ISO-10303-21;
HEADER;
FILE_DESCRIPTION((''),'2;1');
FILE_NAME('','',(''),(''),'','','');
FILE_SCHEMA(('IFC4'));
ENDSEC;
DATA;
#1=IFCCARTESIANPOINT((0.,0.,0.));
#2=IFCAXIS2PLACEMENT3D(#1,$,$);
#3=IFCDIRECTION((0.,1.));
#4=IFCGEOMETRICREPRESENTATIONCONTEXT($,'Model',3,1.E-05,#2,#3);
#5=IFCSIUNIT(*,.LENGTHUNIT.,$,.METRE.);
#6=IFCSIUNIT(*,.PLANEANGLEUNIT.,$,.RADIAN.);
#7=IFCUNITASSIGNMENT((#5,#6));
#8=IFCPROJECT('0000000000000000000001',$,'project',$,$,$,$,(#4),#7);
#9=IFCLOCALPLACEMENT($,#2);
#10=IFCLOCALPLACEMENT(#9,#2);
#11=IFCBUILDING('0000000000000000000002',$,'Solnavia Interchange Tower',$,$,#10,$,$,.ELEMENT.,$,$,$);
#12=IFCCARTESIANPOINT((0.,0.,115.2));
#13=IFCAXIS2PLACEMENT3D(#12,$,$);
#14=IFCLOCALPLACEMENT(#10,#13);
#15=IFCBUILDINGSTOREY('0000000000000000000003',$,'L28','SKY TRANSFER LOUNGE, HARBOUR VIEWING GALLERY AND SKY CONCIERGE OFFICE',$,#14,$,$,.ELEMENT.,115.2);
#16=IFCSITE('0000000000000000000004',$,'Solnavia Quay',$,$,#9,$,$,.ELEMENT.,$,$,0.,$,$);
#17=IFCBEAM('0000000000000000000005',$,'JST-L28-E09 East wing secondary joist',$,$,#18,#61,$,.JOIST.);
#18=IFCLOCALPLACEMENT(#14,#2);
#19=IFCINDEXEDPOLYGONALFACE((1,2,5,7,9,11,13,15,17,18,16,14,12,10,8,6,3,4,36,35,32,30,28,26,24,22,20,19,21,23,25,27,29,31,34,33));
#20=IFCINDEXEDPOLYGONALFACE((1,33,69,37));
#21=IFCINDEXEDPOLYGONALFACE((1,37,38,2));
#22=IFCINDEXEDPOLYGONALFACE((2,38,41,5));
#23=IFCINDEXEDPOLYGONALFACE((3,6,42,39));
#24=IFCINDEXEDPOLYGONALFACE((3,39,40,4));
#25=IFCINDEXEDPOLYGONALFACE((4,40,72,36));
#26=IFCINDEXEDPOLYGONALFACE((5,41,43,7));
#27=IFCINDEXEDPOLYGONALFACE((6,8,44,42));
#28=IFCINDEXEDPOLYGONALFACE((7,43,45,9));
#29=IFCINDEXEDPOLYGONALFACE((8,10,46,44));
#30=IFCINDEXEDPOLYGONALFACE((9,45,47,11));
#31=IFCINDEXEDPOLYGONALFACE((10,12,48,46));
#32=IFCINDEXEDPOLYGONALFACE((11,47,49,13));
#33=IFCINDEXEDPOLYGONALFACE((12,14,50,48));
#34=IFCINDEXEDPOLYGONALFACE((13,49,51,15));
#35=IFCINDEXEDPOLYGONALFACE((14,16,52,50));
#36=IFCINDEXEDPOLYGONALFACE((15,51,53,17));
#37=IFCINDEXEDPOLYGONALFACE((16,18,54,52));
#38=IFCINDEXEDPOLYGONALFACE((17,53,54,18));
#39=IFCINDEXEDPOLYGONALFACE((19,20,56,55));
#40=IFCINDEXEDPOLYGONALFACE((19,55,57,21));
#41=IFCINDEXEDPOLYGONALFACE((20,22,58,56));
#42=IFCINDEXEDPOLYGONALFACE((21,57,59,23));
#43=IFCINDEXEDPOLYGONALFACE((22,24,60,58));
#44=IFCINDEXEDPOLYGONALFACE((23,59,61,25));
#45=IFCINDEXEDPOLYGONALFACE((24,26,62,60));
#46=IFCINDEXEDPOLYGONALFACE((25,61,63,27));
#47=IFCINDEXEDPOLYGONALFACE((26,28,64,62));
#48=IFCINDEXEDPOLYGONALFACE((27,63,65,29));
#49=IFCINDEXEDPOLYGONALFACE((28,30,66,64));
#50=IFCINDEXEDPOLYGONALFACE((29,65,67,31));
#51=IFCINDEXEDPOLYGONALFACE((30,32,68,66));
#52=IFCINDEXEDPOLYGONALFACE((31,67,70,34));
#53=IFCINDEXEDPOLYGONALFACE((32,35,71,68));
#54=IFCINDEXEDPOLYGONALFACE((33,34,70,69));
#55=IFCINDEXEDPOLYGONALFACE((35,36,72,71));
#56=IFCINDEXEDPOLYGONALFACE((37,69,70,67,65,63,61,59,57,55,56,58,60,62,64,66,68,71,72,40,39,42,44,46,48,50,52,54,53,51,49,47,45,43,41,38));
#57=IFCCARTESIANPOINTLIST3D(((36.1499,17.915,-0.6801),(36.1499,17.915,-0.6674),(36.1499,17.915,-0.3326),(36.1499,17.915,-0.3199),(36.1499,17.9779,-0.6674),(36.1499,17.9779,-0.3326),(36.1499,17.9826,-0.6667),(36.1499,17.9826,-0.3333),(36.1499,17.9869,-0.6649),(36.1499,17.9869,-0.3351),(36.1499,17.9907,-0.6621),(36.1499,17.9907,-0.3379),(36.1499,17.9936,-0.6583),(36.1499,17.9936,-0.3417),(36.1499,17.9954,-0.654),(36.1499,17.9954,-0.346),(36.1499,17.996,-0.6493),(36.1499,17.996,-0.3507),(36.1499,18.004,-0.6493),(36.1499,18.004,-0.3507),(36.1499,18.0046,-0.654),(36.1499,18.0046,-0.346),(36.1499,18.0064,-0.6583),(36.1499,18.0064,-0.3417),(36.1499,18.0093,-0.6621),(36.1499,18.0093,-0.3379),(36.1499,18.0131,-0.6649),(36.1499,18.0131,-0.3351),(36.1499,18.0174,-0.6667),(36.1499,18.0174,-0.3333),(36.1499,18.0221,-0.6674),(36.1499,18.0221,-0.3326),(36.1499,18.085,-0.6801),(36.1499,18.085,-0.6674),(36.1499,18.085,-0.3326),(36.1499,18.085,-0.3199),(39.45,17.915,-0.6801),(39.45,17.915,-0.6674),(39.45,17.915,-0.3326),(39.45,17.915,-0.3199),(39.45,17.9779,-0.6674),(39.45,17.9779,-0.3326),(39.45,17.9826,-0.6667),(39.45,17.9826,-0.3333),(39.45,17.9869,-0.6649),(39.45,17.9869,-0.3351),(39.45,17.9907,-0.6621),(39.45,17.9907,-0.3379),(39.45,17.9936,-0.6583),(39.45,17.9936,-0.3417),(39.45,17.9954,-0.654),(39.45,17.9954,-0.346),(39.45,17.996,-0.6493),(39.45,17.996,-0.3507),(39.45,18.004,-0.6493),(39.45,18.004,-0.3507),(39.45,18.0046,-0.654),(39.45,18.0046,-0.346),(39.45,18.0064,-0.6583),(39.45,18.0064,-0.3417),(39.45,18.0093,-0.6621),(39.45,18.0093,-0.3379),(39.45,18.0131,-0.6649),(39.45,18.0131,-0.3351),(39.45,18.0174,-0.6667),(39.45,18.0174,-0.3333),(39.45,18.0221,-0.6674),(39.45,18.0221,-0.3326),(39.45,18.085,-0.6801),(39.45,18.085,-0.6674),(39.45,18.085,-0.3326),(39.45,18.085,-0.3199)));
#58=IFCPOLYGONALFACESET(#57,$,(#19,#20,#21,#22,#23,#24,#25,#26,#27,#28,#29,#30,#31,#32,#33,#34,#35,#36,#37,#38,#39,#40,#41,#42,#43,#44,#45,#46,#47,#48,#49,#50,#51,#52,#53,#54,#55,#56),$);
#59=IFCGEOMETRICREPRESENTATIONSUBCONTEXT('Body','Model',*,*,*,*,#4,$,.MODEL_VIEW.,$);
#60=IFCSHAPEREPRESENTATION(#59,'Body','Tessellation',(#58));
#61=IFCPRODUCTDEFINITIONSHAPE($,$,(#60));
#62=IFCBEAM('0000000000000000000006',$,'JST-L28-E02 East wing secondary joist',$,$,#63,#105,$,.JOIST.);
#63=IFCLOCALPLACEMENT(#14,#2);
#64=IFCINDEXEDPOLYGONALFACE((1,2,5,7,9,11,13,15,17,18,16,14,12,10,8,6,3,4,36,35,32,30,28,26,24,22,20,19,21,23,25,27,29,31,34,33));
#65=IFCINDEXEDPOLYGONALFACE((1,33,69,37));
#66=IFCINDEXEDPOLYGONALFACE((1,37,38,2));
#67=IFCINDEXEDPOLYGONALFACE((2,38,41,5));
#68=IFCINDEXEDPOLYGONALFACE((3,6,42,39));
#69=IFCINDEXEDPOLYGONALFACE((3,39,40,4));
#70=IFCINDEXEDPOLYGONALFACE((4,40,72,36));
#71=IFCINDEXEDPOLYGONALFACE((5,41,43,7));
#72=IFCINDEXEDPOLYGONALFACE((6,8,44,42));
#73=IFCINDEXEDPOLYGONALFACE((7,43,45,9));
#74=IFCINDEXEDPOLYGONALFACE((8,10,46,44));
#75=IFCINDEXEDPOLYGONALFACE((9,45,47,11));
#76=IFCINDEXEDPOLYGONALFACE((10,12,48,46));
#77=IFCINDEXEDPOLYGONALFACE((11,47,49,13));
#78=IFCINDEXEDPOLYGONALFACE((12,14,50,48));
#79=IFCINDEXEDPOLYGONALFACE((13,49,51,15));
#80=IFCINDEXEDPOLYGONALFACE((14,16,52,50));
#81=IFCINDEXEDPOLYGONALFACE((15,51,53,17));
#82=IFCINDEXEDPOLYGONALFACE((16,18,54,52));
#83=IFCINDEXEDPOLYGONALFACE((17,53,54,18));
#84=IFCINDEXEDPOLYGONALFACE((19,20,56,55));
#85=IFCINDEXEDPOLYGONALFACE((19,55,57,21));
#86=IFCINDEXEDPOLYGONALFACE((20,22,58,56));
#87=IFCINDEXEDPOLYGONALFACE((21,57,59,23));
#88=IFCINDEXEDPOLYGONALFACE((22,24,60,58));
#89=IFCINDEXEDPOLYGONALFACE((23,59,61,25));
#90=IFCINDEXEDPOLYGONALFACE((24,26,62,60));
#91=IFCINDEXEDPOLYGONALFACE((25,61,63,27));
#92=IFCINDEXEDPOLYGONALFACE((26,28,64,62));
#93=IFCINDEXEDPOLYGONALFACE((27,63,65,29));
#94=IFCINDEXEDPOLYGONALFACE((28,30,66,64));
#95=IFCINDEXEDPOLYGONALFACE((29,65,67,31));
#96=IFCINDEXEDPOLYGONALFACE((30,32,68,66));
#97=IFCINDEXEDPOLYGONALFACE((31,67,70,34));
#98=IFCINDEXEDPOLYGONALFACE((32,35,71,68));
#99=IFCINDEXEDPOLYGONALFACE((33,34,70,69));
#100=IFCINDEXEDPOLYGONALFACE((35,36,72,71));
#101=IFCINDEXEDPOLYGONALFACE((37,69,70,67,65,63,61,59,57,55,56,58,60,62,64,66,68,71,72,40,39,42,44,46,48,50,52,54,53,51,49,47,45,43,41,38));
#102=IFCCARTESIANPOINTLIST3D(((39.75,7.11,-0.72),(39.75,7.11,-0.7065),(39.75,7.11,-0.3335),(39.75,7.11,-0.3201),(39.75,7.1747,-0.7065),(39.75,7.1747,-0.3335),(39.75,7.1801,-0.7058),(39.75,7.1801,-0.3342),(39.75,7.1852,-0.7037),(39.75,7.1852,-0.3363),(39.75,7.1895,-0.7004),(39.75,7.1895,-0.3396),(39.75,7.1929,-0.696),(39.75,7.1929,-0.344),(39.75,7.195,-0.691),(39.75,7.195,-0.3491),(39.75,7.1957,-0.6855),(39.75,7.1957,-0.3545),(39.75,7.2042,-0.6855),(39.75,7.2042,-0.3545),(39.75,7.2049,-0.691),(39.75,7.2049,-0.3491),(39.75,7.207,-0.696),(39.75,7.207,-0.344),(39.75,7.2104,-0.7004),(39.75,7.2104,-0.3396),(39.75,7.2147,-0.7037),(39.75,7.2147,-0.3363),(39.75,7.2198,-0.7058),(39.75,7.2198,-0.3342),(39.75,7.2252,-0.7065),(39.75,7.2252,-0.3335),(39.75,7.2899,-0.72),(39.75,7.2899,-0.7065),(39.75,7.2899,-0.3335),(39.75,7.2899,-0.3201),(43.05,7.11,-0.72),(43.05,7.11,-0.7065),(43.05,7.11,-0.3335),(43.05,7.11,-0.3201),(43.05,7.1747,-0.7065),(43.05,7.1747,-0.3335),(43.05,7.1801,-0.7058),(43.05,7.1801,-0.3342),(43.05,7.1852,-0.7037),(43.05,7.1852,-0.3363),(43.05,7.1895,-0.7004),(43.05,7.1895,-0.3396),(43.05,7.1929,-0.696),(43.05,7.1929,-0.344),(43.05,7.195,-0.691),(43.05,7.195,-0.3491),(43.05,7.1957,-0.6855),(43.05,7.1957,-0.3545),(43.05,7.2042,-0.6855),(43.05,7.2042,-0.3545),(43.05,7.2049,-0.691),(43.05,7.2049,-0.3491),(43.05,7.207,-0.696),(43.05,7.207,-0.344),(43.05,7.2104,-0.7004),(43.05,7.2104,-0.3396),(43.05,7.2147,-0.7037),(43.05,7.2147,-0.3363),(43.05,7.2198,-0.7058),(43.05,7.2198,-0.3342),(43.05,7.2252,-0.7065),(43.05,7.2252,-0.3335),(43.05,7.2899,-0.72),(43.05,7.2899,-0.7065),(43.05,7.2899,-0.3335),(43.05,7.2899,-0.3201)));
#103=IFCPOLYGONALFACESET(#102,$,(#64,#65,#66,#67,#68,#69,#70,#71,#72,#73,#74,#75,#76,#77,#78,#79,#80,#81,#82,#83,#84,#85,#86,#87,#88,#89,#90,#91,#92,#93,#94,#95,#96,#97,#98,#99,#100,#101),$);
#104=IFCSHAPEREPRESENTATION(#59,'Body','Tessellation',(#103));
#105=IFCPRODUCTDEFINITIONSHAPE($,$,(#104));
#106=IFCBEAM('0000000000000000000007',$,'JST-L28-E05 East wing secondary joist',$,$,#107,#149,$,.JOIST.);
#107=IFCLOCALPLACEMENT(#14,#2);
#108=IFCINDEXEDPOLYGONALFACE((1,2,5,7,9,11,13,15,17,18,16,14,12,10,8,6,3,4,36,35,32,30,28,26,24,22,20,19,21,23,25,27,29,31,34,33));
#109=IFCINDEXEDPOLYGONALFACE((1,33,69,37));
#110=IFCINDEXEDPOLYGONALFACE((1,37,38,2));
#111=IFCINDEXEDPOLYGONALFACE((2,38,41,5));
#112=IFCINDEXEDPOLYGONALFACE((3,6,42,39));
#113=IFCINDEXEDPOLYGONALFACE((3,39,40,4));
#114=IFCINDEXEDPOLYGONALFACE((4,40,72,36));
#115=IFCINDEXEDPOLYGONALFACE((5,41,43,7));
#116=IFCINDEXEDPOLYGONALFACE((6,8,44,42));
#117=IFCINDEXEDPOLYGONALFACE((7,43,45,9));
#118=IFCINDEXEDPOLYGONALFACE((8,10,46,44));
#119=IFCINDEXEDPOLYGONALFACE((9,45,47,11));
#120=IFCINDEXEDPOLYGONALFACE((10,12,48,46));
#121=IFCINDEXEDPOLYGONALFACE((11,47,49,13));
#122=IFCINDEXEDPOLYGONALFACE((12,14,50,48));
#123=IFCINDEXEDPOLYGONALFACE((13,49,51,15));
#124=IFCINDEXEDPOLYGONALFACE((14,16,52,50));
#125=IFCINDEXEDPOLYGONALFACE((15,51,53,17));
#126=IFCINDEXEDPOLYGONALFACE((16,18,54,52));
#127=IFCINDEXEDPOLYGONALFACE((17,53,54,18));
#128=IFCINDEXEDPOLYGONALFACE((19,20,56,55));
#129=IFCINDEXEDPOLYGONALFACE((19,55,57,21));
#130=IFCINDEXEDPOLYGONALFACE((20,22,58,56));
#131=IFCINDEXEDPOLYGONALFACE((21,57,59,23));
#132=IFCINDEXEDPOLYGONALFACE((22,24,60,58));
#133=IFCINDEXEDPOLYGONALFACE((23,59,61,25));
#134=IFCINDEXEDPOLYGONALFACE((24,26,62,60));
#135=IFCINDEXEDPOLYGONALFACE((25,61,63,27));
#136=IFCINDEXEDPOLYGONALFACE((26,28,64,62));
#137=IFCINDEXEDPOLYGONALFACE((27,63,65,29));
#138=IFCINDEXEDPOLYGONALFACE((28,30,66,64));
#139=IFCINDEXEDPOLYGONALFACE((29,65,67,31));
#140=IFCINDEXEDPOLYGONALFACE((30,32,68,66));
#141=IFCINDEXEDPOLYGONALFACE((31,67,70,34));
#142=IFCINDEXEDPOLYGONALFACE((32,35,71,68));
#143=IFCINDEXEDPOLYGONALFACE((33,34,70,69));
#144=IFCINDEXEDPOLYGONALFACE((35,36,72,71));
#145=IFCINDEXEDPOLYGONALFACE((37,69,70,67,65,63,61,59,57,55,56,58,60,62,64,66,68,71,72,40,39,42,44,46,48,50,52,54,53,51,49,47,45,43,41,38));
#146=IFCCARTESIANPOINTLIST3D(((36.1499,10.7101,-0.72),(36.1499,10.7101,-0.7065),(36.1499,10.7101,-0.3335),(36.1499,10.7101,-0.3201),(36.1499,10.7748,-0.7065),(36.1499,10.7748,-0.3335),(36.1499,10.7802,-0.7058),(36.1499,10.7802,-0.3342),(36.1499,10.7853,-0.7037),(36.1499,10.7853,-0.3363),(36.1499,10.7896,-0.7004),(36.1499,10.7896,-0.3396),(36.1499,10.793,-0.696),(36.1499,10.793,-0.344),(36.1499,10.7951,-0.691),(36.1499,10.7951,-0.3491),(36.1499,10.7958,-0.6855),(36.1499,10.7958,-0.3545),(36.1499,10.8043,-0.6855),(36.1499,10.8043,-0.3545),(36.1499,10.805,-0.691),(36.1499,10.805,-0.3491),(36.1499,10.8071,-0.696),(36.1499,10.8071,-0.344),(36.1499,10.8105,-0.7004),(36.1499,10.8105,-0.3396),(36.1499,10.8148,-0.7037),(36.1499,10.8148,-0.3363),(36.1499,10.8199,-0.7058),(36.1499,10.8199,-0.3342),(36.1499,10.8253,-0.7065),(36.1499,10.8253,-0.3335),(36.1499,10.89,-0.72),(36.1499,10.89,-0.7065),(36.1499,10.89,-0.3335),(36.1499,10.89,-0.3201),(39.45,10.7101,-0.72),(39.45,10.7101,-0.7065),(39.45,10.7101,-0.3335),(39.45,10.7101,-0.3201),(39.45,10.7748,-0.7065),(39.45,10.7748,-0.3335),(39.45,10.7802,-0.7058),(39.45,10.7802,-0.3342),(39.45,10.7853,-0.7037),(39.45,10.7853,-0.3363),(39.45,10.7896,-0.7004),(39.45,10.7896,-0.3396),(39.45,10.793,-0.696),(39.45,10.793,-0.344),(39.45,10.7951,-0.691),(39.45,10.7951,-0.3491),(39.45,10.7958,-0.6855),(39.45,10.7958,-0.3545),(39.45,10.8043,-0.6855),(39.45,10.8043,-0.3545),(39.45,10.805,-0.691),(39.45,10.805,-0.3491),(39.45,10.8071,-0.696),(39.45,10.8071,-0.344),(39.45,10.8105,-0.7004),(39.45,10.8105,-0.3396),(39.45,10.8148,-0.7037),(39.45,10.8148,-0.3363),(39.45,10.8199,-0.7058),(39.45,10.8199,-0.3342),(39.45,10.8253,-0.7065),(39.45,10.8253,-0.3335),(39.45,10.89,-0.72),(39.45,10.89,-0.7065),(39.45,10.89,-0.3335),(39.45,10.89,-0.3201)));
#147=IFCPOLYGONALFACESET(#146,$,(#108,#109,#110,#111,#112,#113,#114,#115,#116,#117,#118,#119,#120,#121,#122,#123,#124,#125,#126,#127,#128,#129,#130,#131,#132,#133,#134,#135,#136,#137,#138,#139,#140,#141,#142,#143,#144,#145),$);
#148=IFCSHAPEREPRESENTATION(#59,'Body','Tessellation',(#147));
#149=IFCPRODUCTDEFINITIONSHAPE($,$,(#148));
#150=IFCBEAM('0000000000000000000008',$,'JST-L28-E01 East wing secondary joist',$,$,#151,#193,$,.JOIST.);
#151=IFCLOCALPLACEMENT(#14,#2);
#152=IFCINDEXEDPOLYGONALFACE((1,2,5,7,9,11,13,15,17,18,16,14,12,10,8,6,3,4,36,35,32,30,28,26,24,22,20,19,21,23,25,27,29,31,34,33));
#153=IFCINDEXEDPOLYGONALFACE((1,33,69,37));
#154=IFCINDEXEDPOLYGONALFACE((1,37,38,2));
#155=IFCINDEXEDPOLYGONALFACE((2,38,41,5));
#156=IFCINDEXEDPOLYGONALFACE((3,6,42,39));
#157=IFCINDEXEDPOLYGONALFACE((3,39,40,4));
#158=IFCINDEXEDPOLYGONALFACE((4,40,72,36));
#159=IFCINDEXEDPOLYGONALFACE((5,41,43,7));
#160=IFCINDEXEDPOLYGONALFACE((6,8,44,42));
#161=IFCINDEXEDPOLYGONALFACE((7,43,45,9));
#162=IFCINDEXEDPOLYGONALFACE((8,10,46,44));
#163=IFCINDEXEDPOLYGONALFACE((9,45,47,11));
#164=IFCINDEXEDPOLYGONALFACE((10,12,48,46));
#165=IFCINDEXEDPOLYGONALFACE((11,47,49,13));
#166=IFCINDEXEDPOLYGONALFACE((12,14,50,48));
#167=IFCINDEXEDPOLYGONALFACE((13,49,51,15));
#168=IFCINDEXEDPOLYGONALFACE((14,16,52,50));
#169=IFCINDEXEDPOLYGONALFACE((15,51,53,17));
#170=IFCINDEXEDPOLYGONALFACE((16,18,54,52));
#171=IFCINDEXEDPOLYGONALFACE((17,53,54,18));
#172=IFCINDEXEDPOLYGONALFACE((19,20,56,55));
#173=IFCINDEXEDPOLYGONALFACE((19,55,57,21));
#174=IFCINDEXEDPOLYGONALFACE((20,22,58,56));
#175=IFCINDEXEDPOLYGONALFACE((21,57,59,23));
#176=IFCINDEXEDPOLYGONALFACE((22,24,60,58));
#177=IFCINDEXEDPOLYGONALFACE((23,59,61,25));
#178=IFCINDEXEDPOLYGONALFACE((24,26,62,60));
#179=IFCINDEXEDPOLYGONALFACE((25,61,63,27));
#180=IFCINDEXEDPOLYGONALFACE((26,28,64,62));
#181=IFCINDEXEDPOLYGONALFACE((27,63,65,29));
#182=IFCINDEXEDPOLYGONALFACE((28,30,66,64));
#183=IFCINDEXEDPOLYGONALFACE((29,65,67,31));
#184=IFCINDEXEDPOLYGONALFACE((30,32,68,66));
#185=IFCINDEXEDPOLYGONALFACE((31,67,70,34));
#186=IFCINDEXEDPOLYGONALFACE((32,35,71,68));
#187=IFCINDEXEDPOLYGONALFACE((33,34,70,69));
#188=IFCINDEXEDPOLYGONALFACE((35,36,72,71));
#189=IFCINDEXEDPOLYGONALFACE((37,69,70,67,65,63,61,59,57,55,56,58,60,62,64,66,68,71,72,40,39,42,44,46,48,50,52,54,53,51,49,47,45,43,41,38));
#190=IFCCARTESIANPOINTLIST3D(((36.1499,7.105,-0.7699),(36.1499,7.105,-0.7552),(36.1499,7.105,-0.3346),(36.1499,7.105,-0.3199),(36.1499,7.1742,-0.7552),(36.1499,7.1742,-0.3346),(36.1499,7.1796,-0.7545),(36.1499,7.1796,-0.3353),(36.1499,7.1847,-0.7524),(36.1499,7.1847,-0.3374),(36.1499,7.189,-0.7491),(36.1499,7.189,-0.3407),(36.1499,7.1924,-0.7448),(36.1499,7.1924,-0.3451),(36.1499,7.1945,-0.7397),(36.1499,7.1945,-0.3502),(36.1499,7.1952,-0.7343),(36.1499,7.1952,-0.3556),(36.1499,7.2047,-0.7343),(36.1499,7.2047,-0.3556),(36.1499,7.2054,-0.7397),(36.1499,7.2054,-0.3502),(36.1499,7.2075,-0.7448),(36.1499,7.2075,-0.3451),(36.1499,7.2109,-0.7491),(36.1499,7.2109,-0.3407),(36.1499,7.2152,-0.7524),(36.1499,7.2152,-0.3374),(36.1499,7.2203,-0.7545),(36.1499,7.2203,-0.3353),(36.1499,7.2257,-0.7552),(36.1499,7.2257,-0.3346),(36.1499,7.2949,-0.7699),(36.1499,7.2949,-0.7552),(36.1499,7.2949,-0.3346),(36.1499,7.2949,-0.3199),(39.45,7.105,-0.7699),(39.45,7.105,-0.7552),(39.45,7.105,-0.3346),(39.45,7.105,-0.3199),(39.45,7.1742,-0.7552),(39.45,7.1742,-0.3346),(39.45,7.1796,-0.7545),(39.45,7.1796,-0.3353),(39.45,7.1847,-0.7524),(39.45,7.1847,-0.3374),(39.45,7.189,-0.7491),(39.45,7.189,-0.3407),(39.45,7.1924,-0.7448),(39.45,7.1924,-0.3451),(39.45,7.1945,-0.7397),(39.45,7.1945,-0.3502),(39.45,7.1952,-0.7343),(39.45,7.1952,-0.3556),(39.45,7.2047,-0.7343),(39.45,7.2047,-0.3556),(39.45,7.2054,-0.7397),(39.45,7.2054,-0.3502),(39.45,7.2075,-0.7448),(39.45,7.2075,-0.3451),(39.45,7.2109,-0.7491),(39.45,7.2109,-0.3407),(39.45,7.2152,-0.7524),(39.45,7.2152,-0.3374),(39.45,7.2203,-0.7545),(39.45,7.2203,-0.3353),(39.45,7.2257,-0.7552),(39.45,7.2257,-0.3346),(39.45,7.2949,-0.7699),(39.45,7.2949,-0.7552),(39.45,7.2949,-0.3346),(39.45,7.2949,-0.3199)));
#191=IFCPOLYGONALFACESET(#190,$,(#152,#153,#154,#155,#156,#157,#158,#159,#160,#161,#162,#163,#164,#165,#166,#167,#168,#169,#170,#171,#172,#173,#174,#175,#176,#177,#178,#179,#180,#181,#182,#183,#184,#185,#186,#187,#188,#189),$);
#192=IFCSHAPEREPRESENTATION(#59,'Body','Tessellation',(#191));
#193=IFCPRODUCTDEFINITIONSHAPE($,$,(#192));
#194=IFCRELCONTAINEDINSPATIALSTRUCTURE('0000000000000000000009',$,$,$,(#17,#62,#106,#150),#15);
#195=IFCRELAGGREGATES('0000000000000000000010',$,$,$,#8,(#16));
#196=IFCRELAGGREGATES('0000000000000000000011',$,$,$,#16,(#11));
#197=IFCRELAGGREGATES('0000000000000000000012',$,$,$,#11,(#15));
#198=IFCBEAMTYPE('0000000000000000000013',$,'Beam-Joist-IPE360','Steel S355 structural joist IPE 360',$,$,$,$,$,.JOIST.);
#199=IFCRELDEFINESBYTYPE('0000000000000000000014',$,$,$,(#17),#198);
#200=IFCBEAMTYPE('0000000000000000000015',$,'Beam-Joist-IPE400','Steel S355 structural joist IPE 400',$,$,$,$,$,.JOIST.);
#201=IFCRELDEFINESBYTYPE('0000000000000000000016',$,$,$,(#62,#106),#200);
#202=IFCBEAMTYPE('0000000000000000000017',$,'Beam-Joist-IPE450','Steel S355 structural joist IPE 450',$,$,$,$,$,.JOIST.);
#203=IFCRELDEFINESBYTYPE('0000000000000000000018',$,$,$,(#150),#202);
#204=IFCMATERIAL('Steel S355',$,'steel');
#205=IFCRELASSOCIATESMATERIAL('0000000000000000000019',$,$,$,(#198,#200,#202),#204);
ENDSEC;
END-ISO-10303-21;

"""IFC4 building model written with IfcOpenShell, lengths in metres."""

from ifc_helpers import new_model, si_unit, direction, frame, origin, origin_2d, place, context, subcontext, project, spatial, i_section, extrude, material, material_profile, profile_set, type_object, element, save


model = new_model("IFC4")

# Units and contexts
model_context = context("Model", 3, precision=1e-05, world=origin(), true_north=direction((0.0, 1.0)))
body_context = subcontext(model_context, "Body", "Model", "MODEL_VIEW")
ifc_project = project(units=[si_unit("LENGTHUNIT", "METRE"), si_unit("PLANEANGLEUNIT", "RADIAN")], contexts=[model_context])

# Site, building, storey
site_placement = place(None, origin())
site = spatial("IfcSite", under=ifc_project, at=site_placement, Name="Solnavia Quay", CompositionType="ELEMENT", RefElevation=0.0)
building_placement = place(site_placement, origin())
building = spatial("IfcBuilding", under=site, at=building_placement, Name="Solnavia Interchange Tower", CompositionType="ELEMENT")
storey_placement = place(building_placement, frame((0.0, 0.0, 115.2)))
storey = spatial("IfcBuildingStorey", under=building, at=storey_placement, Name="L28", Description="SKY TRANSFER LOUNGE, HARBOUR VIEWING GALLERY AND SKY CONCIERGE OFFICE", CompositionType="ELEMENT", Elevation=115.2)

# Shared definitions
ifc_material_1 = material(Name="Steel S355", Category="steel")

# Beams
ifc_material_profile_1 = material_profile(ifc_material_1, i_section(OverallWidth=0.1699, OverallDepth=0.3601, WebThickness=0.0081, FlangeThickness=0.0127, FilletRadius=0.0181, at=origin_2d()), Name="IPE 360")
ifc_profile_set_1 = profile_set([ifc_material_profile_1], Name="Steel S355")
beam_type_1 = type_object("IfcBeamType", Name="Beam-Joist-IPE360", Description="Steel S355 structural joist IPE 360", PredefinedType="JOIST", material=ifc_profile_set_1)
for number, where, z_axis, x_axis, name in (
    (1, (36.1499, 18.0, -0.5), (1.0, 0.0, 0.0), (0.0, 1.0, 0.0), "JST-L28-E09 East wing secondary joist"),
):
    element("IfcBeam", number, at=place(storey_placement, frame(where, z_axis=z_axis, x_axis=x_axis)), inside=storey, type_object=beam_type_1, Name=name, PredefinedType="JOIST", context=body_context, shape_type="SweptSolid", body=[
        extrude(i_section(OverallWidth=0.1699, OverallDepth=0.3601, WebThickness=0.0081, FlangeThickness=0.0127, FilletRadius=0.0181, at=origin_2d()), origin(), (0.0, 0.0, 1.0), 3.3),
    ])
ifc_material_profile_2 = material_profile(ifc_material_1, i_section(OverallWidth=0.1799, OverallDepth=0.3999, WebThickness=0.0085, FlangeThickness=0.0134, FilletRadius=0.021, at=origin_2d()), Name="IPE 400")
ifc_profile_set_2 = profile_set([ifc_material_profile_2], Name="Steel S355")
beam_type_2 = type_object("IfcBeamType", Name="Beam-Joist-IPE400", Description="Steel S355 structural joist IPE 400", PredefinedType="JOIST", material=ifc_profile_set_2)
for number, where, z_axis, x_axis, name in (
    (2, (39.75, 7.2, -0.52), (1.0, 0.0, 0.0), (0.0, 1.0, 0.0), "JST-L28-E02 East wing secondary joist"),
    (3, (36.1499, 10.8, -0.52), (1.0, 0.0, 0.0), (0.0, 1.0, 0.0), "JST-L28-E05 East wing secondary joist"),
):
    element("IfcBeam", number, at=place(storey_placement, frame(where, z_axis=z_axis, x_axis=x_axis)), inside=storey, type_object=beam_type_2, Name=name, PredefinedType="JOIST", context=body_context, shape_type="SweptSolid", body=[
        extrude(i_section(OverallWidth=0.1799, OverallDepth=0.3999, WebThickness=0.0085, FlangeThickness=0.0134, FilletRadius=0.021, at=origin_2d()), origin(), (0.0, 0.0, 1.0), 3.3),
    ])
ifc_material_profile_3 = material_profile(ifc_material_1, i_section(OverallWidth=0.1899, OverallDepth=0.45, WebThickness=0.0095, FlangeThickness=0.0146, FilletRadius=0.021, at=origin_2d()), Name="IPE 450")
ifc_profile_set_3 = profile_set([ifc_material_profile_3], Name="Steel S355")
beam_type_3 = type_object("IfcBeamType", Name="Beam-Joist-IPE450", Description="Steel S355 structural joist IPE 450", PredefinedType="JOIST", material=ifc_profile_set_3)
for number, where, z_axis, x_axis, name in (
    (4, (36.1499, 7.2, -0.5449), (1.0, 0.0, 0.0), (0.0, 1.0, 0.0), "JST-L28-E01 East wing secondary joist"),
):
    element("IfcBeam", number, at=place(storey_placement, frame(where, z_axis=z_axis, x_axis=x_axis)), inside=storey, type_object=beam_type_3, Name=name, PredefinedType="JOIST", context=body_context, shape_type="SweptSolid", body=[
        extrude(i_section(OverallWidth=0.1899, OverallDepth=0.45, WebThickness=0.0095, FlangeThickness=0.0146, FilletRadius=0.021, at=origin_2d()), origin(), (0.0, 0.0, 1.0), 3.3),
    ])

save(model, "model.ifc")
